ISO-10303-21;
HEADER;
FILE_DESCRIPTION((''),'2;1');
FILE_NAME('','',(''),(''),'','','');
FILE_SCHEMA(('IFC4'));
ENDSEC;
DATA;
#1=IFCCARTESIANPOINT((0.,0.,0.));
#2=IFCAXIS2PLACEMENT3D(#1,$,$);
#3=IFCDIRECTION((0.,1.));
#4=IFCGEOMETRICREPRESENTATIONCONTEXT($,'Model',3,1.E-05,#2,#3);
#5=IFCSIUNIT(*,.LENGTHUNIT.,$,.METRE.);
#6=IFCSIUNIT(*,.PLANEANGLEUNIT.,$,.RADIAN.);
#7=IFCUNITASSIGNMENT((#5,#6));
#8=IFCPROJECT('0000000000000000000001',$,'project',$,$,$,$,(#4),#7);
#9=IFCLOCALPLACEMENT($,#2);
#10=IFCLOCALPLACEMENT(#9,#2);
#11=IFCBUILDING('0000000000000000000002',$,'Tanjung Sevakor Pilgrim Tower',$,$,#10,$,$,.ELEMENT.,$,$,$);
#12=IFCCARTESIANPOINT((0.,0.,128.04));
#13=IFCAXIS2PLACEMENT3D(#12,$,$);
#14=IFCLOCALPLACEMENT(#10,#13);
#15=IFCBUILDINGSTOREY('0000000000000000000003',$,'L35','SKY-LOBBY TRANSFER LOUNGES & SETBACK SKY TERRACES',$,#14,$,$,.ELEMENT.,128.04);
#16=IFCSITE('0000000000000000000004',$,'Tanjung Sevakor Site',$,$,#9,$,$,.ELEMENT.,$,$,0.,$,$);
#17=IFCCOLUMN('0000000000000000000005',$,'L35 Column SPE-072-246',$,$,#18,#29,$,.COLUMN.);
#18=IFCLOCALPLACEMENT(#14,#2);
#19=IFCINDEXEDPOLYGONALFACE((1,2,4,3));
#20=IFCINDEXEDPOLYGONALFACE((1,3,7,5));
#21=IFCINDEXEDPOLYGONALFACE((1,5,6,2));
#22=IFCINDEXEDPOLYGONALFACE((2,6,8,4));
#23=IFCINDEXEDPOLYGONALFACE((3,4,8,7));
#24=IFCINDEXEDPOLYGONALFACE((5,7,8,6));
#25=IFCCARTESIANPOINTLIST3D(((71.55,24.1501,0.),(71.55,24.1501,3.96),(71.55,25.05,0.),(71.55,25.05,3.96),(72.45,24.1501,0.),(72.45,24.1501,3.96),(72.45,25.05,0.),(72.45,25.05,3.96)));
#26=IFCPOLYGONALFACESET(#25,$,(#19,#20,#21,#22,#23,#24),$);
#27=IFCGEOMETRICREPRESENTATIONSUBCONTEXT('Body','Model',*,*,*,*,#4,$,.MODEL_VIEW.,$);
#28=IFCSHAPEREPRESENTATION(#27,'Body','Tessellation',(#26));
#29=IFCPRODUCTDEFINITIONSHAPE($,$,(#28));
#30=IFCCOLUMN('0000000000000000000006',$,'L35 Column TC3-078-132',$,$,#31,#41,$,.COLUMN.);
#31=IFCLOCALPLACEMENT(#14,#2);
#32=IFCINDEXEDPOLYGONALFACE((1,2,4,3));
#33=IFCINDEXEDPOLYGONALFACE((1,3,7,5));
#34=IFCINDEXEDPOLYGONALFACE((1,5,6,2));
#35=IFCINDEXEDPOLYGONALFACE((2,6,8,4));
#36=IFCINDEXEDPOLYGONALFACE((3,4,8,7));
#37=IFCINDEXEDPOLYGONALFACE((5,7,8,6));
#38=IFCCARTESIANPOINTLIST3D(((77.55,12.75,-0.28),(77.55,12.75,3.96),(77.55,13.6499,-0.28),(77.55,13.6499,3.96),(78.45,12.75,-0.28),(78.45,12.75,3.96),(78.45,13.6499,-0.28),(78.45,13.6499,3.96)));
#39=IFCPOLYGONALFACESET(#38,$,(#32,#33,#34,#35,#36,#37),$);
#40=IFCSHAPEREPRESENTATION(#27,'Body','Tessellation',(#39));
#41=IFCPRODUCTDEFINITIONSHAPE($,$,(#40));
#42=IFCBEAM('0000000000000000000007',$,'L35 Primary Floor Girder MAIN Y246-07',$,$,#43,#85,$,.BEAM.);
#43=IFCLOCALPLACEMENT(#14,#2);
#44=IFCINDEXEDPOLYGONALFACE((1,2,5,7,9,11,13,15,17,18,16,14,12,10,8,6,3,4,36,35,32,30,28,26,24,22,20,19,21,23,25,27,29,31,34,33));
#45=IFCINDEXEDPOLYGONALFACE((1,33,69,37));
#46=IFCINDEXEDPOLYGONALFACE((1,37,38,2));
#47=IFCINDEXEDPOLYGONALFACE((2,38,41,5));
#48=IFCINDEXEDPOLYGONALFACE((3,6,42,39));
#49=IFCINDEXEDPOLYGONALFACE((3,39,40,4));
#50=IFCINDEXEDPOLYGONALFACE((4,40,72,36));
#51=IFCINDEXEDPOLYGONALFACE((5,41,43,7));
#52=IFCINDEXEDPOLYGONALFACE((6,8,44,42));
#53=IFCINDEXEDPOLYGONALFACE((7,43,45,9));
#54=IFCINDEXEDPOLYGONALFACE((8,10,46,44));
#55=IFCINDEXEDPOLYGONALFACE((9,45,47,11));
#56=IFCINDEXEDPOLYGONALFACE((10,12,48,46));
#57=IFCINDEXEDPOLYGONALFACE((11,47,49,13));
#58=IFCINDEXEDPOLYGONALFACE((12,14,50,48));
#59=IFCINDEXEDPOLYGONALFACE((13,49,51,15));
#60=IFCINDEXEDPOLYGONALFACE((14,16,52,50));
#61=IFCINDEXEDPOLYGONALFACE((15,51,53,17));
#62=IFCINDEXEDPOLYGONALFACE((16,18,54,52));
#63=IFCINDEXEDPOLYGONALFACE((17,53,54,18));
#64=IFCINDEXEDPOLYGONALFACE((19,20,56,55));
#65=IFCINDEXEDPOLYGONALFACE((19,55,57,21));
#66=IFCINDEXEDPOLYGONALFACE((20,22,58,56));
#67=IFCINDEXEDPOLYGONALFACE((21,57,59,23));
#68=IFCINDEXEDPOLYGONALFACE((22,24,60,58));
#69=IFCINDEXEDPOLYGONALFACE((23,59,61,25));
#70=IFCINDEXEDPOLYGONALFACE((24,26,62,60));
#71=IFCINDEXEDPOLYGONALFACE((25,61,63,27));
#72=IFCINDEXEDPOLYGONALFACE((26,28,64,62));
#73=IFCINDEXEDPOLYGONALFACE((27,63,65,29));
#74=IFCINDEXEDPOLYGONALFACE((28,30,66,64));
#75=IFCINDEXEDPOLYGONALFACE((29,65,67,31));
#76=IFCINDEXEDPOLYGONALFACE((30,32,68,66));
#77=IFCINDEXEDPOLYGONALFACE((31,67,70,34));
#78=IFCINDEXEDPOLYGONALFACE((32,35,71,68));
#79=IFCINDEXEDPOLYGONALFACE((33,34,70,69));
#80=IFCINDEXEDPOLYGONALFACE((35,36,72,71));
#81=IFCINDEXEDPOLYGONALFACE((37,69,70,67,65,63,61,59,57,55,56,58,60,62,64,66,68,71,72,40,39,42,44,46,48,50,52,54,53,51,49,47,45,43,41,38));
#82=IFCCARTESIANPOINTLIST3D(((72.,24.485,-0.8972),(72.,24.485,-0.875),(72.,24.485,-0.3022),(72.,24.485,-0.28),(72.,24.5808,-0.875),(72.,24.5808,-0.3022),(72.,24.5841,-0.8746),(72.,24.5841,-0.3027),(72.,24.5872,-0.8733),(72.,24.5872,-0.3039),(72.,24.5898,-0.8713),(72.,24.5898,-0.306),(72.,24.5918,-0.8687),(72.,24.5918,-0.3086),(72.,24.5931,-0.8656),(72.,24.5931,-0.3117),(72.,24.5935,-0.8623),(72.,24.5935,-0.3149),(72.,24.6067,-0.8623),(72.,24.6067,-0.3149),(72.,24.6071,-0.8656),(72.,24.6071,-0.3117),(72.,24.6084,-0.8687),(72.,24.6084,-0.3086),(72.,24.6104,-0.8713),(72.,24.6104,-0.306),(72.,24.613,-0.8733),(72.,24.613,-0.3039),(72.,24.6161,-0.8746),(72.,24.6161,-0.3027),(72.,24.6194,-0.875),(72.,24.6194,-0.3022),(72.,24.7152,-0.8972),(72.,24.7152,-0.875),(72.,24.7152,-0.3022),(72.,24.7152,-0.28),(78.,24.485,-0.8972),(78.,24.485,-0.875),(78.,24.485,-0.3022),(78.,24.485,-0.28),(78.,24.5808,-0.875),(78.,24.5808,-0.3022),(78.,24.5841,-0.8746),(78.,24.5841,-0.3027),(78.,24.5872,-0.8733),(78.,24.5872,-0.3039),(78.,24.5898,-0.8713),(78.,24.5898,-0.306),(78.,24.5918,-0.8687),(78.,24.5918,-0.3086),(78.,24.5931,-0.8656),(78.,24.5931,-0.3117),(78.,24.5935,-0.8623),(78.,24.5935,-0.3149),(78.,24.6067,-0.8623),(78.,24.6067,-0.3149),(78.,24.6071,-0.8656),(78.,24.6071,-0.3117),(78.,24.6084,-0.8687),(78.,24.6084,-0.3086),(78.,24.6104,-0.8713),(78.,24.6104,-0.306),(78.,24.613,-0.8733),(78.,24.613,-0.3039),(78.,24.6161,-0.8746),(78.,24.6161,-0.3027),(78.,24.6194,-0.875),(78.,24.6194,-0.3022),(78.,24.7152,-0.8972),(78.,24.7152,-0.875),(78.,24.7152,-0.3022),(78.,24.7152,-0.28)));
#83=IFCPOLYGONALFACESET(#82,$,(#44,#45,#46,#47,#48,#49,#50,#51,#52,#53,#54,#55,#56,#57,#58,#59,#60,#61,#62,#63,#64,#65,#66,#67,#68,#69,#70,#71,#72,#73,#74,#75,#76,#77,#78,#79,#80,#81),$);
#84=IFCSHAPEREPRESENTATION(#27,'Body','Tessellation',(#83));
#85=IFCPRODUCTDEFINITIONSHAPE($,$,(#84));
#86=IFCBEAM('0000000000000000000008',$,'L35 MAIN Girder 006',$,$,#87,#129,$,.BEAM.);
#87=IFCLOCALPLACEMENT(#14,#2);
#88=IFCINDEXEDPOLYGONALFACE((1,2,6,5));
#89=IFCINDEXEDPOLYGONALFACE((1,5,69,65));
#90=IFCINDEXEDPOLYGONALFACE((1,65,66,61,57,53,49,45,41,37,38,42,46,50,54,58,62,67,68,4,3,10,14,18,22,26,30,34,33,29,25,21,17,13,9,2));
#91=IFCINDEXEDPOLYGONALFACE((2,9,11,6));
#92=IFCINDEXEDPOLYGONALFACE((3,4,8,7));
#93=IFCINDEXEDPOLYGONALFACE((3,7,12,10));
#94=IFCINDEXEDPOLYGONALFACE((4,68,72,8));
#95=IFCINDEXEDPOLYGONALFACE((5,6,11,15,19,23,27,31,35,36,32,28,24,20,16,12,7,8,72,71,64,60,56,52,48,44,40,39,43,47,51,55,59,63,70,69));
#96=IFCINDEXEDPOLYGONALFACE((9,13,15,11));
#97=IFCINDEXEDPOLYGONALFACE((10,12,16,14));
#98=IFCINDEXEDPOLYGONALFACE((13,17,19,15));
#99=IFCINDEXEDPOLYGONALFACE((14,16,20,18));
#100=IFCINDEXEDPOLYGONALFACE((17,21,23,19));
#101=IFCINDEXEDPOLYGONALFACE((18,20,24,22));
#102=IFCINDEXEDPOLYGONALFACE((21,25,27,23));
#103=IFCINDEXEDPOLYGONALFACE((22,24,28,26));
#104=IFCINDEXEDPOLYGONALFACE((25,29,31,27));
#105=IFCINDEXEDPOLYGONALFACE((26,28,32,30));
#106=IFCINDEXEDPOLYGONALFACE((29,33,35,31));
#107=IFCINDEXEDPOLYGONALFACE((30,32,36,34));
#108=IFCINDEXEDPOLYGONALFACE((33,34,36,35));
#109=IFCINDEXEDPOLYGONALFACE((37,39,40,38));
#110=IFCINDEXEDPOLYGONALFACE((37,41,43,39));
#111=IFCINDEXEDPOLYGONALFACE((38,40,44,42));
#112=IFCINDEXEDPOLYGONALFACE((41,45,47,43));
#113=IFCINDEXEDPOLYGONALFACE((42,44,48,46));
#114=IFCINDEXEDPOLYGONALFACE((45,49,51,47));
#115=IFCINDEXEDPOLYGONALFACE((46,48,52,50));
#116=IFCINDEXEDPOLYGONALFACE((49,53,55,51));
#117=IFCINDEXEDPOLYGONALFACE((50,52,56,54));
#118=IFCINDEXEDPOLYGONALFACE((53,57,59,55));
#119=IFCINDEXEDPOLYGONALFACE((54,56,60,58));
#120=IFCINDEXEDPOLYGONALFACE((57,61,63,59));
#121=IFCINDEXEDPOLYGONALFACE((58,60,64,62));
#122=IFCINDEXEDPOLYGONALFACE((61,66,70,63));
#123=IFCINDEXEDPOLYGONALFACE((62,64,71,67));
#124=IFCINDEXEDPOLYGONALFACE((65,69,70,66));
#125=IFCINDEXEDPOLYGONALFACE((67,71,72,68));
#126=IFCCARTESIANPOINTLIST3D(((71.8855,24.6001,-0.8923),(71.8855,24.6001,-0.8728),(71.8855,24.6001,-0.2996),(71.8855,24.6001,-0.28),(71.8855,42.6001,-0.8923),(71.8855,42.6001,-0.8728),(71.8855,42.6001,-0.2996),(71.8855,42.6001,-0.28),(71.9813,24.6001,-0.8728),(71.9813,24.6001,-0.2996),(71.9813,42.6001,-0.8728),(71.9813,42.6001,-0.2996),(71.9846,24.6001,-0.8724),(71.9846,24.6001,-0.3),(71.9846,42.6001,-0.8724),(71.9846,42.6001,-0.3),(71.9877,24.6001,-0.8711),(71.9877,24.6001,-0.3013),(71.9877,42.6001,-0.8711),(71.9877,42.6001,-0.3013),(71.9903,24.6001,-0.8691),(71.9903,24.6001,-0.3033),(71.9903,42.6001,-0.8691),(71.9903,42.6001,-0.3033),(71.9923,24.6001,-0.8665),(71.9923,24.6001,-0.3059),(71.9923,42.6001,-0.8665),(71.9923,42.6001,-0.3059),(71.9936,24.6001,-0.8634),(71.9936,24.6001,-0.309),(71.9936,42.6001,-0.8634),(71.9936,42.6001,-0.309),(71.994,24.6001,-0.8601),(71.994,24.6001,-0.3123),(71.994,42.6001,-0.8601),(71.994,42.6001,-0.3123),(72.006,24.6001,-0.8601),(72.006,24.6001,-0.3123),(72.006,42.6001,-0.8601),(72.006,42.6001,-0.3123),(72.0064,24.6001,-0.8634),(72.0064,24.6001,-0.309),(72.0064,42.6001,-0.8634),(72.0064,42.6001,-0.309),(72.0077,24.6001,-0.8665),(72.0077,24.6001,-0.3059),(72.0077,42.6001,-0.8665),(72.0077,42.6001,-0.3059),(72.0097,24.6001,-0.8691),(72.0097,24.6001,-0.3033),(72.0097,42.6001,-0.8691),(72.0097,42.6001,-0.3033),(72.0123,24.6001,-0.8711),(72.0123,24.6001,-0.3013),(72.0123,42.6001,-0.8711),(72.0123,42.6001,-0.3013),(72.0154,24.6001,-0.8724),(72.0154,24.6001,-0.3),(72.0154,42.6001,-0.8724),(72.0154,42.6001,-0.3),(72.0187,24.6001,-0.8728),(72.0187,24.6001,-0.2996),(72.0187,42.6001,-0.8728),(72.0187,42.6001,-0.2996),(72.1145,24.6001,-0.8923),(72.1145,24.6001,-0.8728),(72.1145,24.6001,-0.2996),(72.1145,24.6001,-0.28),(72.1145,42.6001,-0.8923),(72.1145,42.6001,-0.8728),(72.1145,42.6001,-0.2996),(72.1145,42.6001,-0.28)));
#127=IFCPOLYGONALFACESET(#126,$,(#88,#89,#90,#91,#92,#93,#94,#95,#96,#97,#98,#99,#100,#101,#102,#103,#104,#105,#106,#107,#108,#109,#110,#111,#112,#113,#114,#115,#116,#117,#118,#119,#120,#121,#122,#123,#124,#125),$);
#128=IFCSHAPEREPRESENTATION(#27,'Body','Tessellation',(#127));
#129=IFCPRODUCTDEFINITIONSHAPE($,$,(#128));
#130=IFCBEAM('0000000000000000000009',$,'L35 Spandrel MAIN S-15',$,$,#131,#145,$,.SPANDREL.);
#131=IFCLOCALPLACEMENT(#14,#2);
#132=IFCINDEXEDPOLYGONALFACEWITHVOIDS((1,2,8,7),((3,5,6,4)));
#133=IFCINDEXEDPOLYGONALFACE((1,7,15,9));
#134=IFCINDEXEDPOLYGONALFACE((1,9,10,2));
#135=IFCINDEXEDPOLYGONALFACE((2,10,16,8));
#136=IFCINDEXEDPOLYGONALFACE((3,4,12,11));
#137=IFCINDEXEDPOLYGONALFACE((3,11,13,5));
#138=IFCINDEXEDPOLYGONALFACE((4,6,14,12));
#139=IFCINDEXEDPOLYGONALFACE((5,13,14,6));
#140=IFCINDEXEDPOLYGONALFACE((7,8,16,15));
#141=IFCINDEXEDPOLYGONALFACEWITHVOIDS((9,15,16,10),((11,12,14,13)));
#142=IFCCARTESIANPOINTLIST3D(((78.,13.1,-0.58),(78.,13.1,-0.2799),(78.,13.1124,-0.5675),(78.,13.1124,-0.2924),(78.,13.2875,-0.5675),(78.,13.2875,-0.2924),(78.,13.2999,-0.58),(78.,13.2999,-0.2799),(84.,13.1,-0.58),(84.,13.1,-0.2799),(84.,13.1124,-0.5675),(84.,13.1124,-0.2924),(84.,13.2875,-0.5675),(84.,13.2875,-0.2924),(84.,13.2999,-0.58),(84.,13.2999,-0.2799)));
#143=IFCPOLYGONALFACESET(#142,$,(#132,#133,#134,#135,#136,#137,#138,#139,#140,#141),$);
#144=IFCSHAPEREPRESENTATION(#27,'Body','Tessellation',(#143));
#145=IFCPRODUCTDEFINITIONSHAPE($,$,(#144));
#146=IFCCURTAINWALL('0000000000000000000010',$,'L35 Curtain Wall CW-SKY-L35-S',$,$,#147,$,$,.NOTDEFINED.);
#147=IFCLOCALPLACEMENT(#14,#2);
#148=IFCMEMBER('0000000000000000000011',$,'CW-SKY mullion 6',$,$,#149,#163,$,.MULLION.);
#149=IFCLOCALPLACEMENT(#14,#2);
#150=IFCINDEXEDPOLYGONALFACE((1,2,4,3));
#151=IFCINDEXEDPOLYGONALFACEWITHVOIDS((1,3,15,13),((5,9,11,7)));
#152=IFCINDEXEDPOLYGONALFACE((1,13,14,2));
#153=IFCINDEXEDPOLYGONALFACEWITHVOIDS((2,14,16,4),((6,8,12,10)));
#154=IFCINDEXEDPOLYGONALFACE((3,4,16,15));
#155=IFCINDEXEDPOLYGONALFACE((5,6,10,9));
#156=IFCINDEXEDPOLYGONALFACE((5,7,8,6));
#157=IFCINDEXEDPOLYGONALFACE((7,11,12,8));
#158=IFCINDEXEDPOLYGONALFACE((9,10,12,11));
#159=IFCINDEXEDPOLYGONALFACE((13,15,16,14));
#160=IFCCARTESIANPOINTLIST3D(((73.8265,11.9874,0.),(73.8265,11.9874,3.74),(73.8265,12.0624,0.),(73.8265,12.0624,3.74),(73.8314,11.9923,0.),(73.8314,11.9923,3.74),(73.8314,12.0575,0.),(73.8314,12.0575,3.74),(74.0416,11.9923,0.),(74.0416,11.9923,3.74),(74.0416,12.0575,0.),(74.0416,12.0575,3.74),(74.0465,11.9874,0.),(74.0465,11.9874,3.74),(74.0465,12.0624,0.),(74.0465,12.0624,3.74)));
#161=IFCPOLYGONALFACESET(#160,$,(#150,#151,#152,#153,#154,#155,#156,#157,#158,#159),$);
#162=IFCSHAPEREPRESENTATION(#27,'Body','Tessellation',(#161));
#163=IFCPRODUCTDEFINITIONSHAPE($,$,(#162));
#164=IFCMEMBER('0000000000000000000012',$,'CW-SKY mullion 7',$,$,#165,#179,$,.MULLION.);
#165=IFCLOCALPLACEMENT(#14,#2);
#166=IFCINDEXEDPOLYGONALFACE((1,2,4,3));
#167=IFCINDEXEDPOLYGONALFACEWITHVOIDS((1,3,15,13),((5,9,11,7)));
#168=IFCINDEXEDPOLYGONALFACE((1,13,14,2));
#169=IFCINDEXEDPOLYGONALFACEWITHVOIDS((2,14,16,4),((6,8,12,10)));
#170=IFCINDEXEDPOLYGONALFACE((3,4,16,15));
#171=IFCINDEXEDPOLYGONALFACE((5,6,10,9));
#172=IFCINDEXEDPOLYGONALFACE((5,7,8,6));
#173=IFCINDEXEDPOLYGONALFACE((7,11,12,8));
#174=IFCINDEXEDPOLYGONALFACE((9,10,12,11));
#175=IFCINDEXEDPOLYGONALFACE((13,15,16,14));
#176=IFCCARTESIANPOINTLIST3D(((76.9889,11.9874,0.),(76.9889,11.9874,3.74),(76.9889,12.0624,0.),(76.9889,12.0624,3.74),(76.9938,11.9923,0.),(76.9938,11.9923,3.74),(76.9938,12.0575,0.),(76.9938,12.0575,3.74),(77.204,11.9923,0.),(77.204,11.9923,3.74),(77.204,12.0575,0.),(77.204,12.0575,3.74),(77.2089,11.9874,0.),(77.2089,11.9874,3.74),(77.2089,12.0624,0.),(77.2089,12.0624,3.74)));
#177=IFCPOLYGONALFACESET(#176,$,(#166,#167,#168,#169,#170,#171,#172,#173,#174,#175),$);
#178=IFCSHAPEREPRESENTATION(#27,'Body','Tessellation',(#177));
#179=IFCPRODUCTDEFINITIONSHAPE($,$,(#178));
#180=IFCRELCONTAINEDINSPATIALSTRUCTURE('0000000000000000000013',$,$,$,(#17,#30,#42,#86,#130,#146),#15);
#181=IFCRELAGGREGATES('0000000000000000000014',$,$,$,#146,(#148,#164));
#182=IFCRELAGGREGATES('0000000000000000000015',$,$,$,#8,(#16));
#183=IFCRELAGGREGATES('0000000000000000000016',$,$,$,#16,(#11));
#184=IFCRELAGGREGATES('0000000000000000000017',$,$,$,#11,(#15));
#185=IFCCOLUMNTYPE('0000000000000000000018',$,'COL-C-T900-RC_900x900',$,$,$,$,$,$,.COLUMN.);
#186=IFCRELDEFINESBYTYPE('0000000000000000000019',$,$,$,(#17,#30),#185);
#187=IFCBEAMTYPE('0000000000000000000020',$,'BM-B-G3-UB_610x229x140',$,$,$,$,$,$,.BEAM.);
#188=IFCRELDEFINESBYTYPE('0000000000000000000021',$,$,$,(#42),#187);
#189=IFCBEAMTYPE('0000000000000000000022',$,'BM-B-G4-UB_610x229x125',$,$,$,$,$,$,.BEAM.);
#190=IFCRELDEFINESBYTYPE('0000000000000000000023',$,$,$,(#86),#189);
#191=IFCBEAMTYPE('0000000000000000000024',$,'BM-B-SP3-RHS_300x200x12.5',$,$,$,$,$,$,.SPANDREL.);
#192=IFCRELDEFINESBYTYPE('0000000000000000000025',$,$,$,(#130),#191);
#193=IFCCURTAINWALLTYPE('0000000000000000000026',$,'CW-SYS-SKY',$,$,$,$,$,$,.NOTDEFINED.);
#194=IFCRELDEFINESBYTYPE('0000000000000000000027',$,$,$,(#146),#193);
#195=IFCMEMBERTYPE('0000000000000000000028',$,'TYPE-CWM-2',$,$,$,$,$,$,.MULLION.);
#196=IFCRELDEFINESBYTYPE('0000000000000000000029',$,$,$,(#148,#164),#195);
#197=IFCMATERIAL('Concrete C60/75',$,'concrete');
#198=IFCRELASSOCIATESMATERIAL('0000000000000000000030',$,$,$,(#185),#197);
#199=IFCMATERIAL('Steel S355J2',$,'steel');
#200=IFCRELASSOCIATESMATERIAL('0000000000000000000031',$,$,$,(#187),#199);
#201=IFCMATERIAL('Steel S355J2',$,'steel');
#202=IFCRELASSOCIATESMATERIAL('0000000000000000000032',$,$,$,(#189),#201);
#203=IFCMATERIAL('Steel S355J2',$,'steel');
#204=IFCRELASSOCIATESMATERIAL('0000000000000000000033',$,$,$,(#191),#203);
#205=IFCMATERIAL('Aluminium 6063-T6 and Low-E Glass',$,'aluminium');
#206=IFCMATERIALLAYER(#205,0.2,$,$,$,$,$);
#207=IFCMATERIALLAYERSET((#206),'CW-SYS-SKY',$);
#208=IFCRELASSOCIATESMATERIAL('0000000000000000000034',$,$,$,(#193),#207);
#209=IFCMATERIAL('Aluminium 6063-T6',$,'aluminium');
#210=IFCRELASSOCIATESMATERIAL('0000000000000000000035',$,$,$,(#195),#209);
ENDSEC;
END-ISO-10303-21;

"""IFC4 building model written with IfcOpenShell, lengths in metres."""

from ifc_helpers import new_model, si_unit, direction, frame, origin, origin_2d, place, context, subcontext, project, spatial, rectangle, hollow_rectangle, i_section, extrude, material, layer, layer_set, material_profile, profile_set, type_object, element, aggregate, save


model = new_model("IFC4")

# Units and contexts
model_context = context("Model", 3, precision=1e-05, world=origin(), true_north=direction((0.0, 1.0)))
body_context = subcontext(model_context, "Body", "Model", "MODEL_VIEW")
ifc_project = project(units=[si_unit("LENGTHUNIT", "METRE"), si_unit("PLANEANGLEUNIT", "RADIAN")], contexts=[model_context])

# Site, building, storey
site_placement = place(None, origin())
site = spatial("IfcSite", under=ifc_project, at=site_placement, Name="Tanjung Sevakor Site", CompositionType="ELEMENT", RefElevation=0.0)
building_placement = place(site_placement, origin())
building = spatial("IfcBuilding", under=site, at=building_placement, Name="Tanjung Sevakor Pilgrim Tower", CompositionType="ELEMENT")
storey_placement = place(building_placement, frame((0.0, 0.0, 128.04)))
storey = spatial("IfcBuildingStorey", under=building, at=storey_placement, Name="L35", Description="SKY-LOBBY TRANSFER LOUNGES & SETBACK SKY TERRACES", CompositionType="ELEMENT", Elevation=128.04)

# Columns
ifc_material_1 = material(Name="Concrete C60/75", Category="concrete")
ifc_material_profile_1 = material_profile(ifc_material_1, rectangle(XDim=0.8999, YDim=0.8999, at=origin_2d()))
ifc_profile_set_1 = profile_set([ifc_material_profile_1], Name="Concrete C60/75")
column_type = type_object("IfcColumnType", Name="COL-C-T900-RC_900x900", PredefinedType="COLUMN", material=ifc_profile_set_1)
column_1_placement = place(storey_placement, frame((72.0, 24.6001, 0.0), z_axis=(0.0, 0.0, 1.0), x_axis=(1.0, 0.0, 0.0)))
element("IfcColumn", 1, at=column_1_placement, inside=storey, type_object=column_type, Name="L35 Column SPE-072-246", PredefinedType="COLUMN", context=body_context, shape_type="SweptSolid", body=[
    extrude(rectangle(XDim=0.8999, YDim=0.8999, at=origin_2d()), origin(), (0.0, 0.0, 1.0), 3.96),
])
column_2_placement = place(storey_placement, frame((78.0, 13.2, -0.28), z_axis=(0.0, 0.0, 1.0), x_axis=(1.0, 0.0, 0.0)))
element("IfcColumn", 2, at=column_2_placement, inside=storey, type_object=column_type, Name="L35 Column TC3-078-132", PredefinedType="COLUMN", context=body_context, shape_type="SweptSolid", body=[
    extrude(rectangle(XDim=0.8999, YDim=0.8999, at=origin_2d()), origin(), (0.0, 0.0, 1.0), 4.24),
])

# Beams
ifc_material_2 = material(Name="Steel S355J2", Category="steel")
ifc_material_profile_2 = material_profile(ifc_material_2, i_section(OverallWidth=0.2302, OverallDepth=0.6172, WebThickness=0.0132, FlangeThickness=0.0222, FilletRadius=0.0127, at=origin_2d()))
ifc_profile_set_2 = profile_set([ifc_material_profile_2], Name="Steel S355J2")
beam_type_1 = type_object("IfcBeamType", Name="BM-B-G3-UB_610x229x140", PredefinedType="BEAM", material=ifc_profile_set_2)
beam_1_placement = place(storey_placement, frame((72.0, 24.6001, -0.5886), z_axis=(1.0, 0.0, 0.0), x_axis=(0.0, 1.0, 0.0)))
element("IfcBeam", 3, at=beam_1_placement, inside=storey, type_object=beam_type_1, Name="L35 Primary Floor Girder MAIN Y246-07", PredefinedType="BEAM", context=body_context, shape_type="SweptSolid", body=[
    extrude(i_section(OverallWidth=0.2302, OverallDepth=0.6172, WebThickness=0.0132, FlangeThickness=0.0222, FilletRadius=0.0127, at=origin_2d()), origin(), (0.0, 0.0, 1.0), 6.0),
])
ifc_material_3 = material(Name="Steel S355J2", Category="steel")
ifc_material_profile_3 = material_profile(ifc_material_3, i_section(OverallWidth=0.229, OverallDepth=0.6123, WebThickness=0.012, FlangeThickness=0.0195, FilletRadius=0.0127, at=origin_2d()))
ifc_profile_set_3 = profile_set([ifc_material_profile_3], Name="Steel S355J2")
beam_type_2 = type_object("IfcBeamType", Name="BM-B-G4-UB_610x229x125", PredefinedType="BEAM", material=ifc_profile_set_3)
beam_2_placement = place(storey_placement, frame((72.0, 24.6001, -0.5862), z_axis=(0.0, 1.0, 0.0), x_axis=(-1.0, 0.0, 0.0)))
element("IfcBeam", 4, at=beam_2_placement, inside=storey, type_object=beam_type_2, Name="L35 MAIN Girder 006", PredefinedType="BEAM", context=body_context, shape_type="SweptSolid", body=[
    extrude(i_section(OverallWidth=0.229, OverallDepth=0.6123, WebThickness=0.012, FlangeThickness=0.0195, FilletRadius=0.0127, at=origin_2d()), origin(), (0.0, 0.0, 1.0), 18.0),
])
ifc_material_4 = material(Name="Steel S355J2", Category="steel")
ifc_material_profile_4 = material_profile(ifc_material_4, hollow_rectangle(XDim=0.2, YDim=0.3, WallThickness=0.0125, at=origin_2d()))
ifc_profile_set_4 = profile_set([ifc_material_profile_4], Name="Steel S355J2")
beam_type_3 = type_object("IfcBeamType", Name="BM-B-SP3-RHS_300x200x12.5", PredefinedType="SPANDREL", material=ifc_profile_set_4)
beam_3_placement = place(storey_placement, frame((78.0, 13.2, -0.4299), z_axis=(1.0, 0.0, 0.0), x_axis=(0.0, 1.0, 0.0)))
element("IfcBeam", 5, at=beam_3_placement, inside=storey, type_object=beam_type_3, Name="L35 Spandrel MAIN S-15", PredefinedType="SPANDREL", context=body_context, shape_type="SweptSolid", body=[
    extrude(hollow_rectangle(XDim=0.2, YDim=0.3, WallThickness=0.0125, at=origin_2d()), origin(), (0.0, 0.0, 1.0), 6.0),
])

# Curtain wall, members
ifc_material_5 = material(Name="Aluminium 6063-T6 and Low-E Glass", Category="aluminium")
ifc_layer_1 = layer(ifc_material_5, 0.2)
ifc_layer_set_1 = layer_set([ifc_layer_1], Name="CW-SYS-SKY")
curtain_wall_type = type_object("IfcCurtainWallType", Name="CW-SYS-SKY", PredefinedType="NOTDEFINED", material=ifc_layer_set_1)
curtain_wall_placement = place(storey_placement, origin())
curtain_wall = element("IfcCurtainWall", 6, at=curtain_wall_placement, inside=storey, type_object=curtain_wall_type, Name="L35 Curtain Wall CW-SKY-L35-S", PredefinedType="NOTDEFINED")
ifc_material_6 = material(Name="Aluminium 6063-T6", Category="aluminium")
ifc_material_profile_5 = material_profile(ifc_material_6, hollow_rectangle(XDim=0.075, YDim=0.22, WallThickness=0.0049, at=origin_2d()))
ifc_profile_set_5 = profile_set([ifc_material_profile_5], Name="Aluminium 6063-T6")
member_type_1 = type_object("IfcMemberType", Name="TYPE-CWM-2", PredefinedType="MULLION", material=ifc_profile_set_5)
member_1_placement = place(storey_placement, frame((73.9365, 12.0249, 0.0), z_axis=(0.0, 0.0, 1.0), x_axis=(0.0, 1.0, 0.0)))
member_1 = element("IfcMember", 7, at=member_1_placement, type_object=member_type_1, Name="CW-SKY mullion 6", PredefinedType="MULLION", context=body_context, shape_type="SweptSolid", body=[
    extrude(hollow_rectangle(XDim=0.075, YDim=0.22, WallThickness=0.0049, at=origin_2d()), origin(), (0.0, 0.0, 1.0), 3.74),
])
member_2_placement = place(storey_placement, frame((77.0989, 12.0249, 0.0), z_axis=(0.0, 0.0, 1.0), x_axis=(0.0, 1.0, 0.0)))
member_2 = element("IfcMember", 8, at=member_2_placement, type_object=member_type_1, Name="CW-SKY mullion 7", PredefinedType="MULLION", context=body_context, shape_type="SweptSolid", body=[
    extrude(hollow_rectangle(XDim=0.075, YDim=0.22, WallThickness=0.0049, at=origin_2d()), origin(), (0.0, 0.0, 1.0), 3.74),
])
aggregate(curtain_wall, [member_1, member_2])

save(model, "model.ifc")
